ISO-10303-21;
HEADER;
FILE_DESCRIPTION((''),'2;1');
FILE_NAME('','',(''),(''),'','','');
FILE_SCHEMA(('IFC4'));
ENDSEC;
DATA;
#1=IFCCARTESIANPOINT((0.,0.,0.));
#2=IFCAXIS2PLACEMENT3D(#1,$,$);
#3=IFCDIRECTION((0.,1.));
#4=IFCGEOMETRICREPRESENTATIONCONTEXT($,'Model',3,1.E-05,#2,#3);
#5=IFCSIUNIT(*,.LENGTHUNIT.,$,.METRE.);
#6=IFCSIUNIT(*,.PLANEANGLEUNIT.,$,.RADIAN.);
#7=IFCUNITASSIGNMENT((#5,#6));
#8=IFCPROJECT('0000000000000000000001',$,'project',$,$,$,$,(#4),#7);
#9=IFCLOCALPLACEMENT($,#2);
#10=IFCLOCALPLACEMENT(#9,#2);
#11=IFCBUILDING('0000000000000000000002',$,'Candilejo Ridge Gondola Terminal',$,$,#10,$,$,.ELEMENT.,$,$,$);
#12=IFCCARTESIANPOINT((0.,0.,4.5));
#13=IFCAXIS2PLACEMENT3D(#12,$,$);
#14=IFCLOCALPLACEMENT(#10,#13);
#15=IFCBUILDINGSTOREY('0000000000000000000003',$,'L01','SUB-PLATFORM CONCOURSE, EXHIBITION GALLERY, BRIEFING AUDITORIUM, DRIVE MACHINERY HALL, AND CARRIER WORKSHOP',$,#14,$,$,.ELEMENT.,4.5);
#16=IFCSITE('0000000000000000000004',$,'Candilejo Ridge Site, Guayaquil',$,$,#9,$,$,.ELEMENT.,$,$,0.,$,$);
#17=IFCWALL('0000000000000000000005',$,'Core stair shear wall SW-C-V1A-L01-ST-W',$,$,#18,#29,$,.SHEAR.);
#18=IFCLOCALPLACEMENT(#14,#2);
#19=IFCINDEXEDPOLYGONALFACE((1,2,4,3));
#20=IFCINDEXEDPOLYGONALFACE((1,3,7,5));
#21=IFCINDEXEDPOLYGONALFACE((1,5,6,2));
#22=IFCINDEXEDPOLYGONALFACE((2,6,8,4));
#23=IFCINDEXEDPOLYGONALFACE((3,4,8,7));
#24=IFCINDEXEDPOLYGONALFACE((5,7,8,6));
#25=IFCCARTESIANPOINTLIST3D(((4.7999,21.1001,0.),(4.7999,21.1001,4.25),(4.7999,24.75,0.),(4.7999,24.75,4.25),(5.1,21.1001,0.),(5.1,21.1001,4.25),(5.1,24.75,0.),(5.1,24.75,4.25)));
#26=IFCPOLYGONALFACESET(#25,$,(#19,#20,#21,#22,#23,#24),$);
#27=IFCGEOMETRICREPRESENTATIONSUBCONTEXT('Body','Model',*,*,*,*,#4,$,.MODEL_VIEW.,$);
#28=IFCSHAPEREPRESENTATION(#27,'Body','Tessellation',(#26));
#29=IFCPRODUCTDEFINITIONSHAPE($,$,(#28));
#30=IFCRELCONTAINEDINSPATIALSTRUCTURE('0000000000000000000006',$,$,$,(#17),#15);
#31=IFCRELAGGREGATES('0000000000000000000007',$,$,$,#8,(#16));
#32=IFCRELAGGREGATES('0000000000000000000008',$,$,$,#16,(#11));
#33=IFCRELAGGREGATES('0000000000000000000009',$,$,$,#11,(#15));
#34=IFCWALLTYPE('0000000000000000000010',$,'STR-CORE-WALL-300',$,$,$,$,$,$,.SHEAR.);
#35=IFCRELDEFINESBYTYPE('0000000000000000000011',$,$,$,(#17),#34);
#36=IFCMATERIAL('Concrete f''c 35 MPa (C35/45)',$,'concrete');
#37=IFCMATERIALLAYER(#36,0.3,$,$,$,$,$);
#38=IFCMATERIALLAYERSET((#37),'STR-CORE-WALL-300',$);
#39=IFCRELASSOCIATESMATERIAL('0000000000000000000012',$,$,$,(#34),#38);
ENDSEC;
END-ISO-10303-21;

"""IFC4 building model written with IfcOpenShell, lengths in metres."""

from ifc_helpers import new_model, si_unit, direction, frame, frame_2d, origin, place, context, subcontext, project, spatial, rectangle, extrude, material, layer, layer_set, type_object, element, save


model = new_model("IFC4")

# Units and contexts
model_context = context("Model", 3, precision=1e-05, world=origin(), true_north=direction((0.0, 1.0)))
body_context = subcontext(model_context, "Body", "Model", "MODEL_VIEW")
ifc_project = project(units=[si_unit("LENGTHUNIT", "METRE"), si_unit("PLANEANGLEUNIT", "RADIAN")], contexts=[model_context])

# Site, building, storey
site_placement = place(None, origin())
site = spatial("IfcSite", under=ifc_project, at=site_placement, Name="Candilejo Ridge Site, Guayaquil", CompositionType="ELEMENT", RefElevation=0.0)
building_placement = place(site_placement, origin())
building = spatial("IfcBuilding", under=site, at=building_placement, Name="Candilejo Ridge Gondola Terminal", CompositionType="ELEMENT")
storey_placement = place(building_placement, frame((0.0, 0.0, 4.5)))
storey = spatial("IfcBuildingStorey", under=building, at=storey_placement, Name="L01", Description="SUB-PLATFORM CONCOURSE, EXHIBITION GALLERY, BRIEFING AUDITORIUM, DRIVE MACHINERY HALL, AND CARRIER WORKSHOP", CompositionType="ELEMENT", Elevation=4.5)

# Wall
ifc_material_1 = material(Name="Concrete f'c 35 MPa (C35/45)", Category="concrete")
ifc_layer_1 = layer(ifc_material_1, 0.3)
ifc_layer_set_1 = layer_set([ifc_layer_1], Name="STR-CORE-WALL-300")
wall_type = type_object("IfcWallType", Name="STR-CORE-WALL-300", PredefinedType="SHEAR", material=ifc_layer_set_1)
wall_placement = place(storey_placement, frame((4.95, 24.75, 0.0), z_axis=(0.0, 0.0, 1.0), x_axis=(0.0, -1.0, 0.0)))
element("IfcWall", 1, at=wall_placement, inside=storey, type_object=wall_type, Name="Core stair shear wall SW-C-V1A-L01-ST-W", PredefinedType="SHEAR", context=body_context, shape_type="SweptSolid", body=[
    extrude(rectangle(XDim=3.6499, YDim=0.3, at=frame_2d((1.825, 0.0))), origin(), (0.0, 0.0, 1.0), 4.25),
])

save(model, "model.ifc")
